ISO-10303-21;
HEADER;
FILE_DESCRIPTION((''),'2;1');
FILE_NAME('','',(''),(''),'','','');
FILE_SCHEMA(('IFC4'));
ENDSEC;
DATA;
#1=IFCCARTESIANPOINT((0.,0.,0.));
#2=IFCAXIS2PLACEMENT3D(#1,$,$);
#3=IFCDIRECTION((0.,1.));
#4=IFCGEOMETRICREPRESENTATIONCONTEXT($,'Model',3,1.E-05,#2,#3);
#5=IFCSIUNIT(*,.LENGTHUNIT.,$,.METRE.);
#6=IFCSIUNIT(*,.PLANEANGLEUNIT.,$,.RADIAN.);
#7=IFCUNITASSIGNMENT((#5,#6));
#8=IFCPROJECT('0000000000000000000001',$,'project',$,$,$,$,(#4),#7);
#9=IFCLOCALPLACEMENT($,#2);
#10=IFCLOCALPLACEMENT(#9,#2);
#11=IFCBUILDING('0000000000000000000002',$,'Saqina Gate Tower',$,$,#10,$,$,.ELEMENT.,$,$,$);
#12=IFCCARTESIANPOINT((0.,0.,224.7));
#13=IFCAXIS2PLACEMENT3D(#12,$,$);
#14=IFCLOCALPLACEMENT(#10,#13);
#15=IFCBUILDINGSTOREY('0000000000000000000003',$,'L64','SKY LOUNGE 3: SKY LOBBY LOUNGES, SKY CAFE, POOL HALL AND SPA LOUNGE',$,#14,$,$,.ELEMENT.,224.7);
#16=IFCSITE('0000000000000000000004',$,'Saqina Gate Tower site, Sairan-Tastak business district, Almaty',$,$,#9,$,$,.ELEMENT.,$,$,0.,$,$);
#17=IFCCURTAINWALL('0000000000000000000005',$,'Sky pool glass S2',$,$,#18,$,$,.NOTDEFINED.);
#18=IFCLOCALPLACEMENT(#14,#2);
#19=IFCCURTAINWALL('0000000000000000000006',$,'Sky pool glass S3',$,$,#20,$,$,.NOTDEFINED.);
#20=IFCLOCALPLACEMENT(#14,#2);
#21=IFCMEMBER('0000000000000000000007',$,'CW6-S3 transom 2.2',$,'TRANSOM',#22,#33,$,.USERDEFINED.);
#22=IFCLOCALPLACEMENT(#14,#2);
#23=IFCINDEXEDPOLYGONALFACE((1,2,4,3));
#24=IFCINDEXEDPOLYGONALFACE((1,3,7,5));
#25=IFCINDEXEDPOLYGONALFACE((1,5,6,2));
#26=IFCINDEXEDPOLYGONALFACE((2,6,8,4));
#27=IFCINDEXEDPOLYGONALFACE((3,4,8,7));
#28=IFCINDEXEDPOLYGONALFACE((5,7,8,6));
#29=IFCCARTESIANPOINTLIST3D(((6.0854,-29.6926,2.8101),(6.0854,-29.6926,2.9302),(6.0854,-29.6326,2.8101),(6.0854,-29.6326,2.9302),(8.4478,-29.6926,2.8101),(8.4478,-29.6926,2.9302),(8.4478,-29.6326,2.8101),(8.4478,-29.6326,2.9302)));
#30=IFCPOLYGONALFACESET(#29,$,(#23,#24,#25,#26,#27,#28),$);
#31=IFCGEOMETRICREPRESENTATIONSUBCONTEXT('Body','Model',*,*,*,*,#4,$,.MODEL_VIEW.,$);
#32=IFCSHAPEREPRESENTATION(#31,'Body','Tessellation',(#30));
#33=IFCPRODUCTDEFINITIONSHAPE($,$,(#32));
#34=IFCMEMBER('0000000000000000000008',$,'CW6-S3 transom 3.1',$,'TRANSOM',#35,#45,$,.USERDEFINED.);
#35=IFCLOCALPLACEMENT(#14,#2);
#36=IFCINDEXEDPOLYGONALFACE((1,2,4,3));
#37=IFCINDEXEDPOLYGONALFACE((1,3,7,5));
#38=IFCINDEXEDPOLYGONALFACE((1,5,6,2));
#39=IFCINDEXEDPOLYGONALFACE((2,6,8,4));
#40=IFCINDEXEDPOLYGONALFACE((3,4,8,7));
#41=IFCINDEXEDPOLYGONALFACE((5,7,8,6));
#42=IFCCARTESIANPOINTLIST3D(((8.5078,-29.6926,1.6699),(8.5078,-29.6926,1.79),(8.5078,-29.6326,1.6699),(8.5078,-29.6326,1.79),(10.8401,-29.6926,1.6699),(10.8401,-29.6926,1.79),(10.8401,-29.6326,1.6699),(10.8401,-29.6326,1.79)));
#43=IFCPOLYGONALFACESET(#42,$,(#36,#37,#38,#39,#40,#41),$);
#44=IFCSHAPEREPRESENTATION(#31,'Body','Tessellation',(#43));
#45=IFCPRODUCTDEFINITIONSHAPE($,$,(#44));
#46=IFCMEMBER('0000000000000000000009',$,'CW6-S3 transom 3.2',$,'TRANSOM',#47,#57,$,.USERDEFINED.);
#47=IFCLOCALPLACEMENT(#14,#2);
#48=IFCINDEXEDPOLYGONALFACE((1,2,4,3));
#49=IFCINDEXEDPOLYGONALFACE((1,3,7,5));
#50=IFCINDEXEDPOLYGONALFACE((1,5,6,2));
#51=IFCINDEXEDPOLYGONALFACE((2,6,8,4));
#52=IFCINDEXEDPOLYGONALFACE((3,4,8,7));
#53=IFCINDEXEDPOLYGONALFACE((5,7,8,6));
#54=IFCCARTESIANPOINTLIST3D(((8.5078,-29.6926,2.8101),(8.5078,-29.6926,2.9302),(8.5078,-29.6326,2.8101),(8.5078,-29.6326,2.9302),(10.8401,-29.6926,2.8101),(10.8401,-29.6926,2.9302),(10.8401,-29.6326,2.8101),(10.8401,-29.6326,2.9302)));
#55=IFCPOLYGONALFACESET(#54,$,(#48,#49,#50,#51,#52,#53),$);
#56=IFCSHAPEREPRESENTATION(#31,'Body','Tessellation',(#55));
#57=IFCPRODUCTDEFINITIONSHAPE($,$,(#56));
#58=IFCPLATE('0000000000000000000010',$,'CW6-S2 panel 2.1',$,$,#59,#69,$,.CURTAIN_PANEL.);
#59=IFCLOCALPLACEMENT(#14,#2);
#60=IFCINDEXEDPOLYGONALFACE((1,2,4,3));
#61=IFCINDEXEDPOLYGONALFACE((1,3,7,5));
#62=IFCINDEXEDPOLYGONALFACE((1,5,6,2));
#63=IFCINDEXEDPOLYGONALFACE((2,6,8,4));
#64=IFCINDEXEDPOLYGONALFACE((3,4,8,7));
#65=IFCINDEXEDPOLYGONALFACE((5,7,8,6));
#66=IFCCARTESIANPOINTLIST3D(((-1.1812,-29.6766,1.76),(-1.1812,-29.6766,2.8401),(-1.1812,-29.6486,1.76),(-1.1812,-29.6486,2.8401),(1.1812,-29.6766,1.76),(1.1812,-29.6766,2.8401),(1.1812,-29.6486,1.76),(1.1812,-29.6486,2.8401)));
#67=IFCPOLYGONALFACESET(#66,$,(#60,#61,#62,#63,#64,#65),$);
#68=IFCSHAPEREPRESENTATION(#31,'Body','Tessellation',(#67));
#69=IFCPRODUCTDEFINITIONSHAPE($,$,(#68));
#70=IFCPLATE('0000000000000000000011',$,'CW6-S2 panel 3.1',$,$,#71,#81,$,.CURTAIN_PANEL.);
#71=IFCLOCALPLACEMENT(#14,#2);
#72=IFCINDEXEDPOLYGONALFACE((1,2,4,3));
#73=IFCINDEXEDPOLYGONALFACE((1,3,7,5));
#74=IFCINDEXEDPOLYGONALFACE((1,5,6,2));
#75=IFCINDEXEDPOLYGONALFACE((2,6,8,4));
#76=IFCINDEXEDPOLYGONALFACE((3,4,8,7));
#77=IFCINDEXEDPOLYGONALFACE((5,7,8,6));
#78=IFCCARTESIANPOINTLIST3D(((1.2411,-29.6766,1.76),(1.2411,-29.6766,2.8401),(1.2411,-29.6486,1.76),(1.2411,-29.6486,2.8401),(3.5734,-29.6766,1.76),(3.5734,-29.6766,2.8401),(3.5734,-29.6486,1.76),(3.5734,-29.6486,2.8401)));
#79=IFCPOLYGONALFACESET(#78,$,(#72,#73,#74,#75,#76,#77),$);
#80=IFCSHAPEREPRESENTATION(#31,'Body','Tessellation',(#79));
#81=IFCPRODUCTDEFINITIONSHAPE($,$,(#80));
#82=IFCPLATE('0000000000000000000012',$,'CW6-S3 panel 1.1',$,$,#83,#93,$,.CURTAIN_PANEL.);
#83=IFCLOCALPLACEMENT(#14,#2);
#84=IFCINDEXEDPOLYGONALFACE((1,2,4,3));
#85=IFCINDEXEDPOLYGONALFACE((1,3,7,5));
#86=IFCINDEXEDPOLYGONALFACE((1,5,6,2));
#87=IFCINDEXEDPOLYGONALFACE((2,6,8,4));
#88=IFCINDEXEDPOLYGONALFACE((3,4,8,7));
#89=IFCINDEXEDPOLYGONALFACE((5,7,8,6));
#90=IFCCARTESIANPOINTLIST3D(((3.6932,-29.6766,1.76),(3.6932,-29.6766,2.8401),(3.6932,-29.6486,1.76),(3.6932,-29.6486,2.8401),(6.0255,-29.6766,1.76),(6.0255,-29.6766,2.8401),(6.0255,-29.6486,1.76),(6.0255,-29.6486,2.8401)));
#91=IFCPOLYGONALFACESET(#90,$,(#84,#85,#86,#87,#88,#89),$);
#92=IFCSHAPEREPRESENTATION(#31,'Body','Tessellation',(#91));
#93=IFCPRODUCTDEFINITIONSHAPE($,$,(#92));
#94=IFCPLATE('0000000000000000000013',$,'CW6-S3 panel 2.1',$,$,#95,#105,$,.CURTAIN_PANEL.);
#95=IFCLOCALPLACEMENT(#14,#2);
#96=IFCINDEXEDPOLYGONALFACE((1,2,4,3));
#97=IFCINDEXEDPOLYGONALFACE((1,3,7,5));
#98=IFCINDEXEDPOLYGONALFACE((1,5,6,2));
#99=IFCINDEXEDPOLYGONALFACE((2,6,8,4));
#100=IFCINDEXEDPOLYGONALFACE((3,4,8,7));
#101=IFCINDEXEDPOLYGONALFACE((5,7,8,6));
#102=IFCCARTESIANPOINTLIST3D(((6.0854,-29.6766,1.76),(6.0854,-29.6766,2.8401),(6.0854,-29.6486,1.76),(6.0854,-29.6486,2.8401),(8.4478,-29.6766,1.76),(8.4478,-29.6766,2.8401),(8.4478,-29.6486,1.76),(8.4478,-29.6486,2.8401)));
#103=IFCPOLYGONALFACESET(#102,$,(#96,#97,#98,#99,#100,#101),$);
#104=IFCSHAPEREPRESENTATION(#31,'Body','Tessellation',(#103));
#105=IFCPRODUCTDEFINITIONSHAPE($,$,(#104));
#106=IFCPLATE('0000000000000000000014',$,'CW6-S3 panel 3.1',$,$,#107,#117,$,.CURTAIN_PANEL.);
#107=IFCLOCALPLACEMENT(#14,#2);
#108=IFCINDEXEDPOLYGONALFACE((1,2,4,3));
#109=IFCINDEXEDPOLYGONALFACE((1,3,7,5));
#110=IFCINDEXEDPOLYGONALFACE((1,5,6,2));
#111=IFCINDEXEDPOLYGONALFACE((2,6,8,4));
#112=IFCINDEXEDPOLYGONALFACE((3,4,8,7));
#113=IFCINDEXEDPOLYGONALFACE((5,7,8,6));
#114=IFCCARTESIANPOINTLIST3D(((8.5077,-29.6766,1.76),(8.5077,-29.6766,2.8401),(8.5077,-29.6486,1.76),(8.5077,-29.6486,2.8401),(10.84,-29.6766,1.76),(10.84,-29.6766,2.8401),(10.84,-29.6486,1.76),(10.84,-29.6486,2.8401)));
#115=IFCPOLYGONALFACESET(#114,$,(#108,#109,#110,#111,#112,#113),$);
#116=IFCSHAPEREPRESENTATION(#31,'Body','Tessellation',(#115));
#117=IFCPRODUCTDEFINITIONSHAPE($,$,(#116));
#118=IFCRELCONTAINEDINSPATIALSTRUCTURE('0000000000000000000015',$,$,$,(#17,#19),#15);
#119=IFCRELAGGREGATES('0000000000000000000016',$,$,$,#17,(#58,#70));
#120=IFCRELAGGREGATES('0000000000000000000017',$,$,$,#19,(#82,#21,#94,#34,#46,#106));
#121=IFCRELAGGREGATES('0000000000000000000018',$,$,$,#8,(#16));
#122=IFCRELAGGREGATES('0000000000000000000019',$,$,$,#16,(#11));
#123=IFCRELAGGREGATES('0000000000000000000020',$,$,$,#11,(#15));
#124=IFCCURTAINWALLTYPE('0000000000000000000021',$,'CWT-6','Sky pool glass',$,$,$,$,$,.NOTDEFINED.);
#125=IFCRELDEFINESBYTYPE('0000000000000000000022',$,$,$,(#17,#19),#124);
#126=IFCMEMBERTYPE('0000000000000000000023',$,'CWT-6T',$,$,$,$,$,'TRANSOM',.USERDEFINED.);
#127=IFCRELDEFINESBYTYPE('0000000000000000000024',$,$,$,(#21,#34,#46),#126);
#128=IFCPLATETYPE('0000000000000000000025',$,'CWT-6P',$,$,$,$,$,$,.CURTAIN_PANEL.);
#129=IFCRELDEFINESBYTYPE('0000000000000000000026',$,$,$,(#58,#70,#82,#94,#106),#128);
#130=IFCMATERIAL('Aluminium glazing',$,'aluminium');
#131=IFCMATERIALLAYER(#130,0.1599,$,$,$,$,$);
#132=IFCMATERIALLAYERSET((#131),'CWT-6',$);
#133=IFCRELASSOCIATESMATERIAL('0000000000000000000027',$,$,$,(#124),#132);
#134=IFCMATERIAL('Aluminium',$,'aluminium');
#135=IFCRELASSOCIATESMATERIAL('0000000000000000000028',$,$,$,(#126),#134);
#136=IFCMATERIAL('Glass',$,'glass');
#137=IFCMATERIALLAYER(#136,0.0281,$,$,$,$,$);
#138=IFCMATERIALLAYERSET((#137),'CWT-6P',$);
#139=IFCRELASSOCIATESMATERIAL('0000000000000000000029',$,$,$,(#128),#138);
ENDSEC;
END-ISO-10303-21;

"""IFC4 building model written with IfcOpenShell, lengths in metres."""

from ifc_helpers import new_model, si_unit, direction, frame, origin, origin_2d, place, context, subcontext, project, spatial, rectangle, extrude, material, layer, layer_set, material_profile, profile_set, type_object, element, aggregate, save


model = new_model("IFC4")

# Units and contexts
model_context = context("Model", 3, precision=1e-05, world=origin(), true_north=direction((0.0, 1.0)))
body_context = subcontext(model_context, "Body", "Model", "MODEL_VIEW")
ifc_project = project(units=[si_unit("LENGTHUNIT", "METRE"), si_unit("PLANEANGLEUNIT", "RADIAN")], contexts=[model_context])

# Site, building, storey
site_placement = place(None, origin())
site = spatial("IfcSite", under=ifc_project, at=site_placement, Name="Saqina Gate Tower site, Sairan-Tastak business district, Almaty", CompositionType="ELEMENT", RefElevation=0.0)
building_placement = place(site_placement, origin())
building = spatial("IfcBuilding", under=site, at=building_placement, Name="Saqina Gate Tower", CompositionType="ELEMENT")
storey_placement = place(building_placement, frame((0.0, 0.0, 224.7)))
storey = spatial("IfcBuildingStorey", under=building, at=storey_placement, Name="L64", Description="SKY LOUNGE 3: SKY LOBBY LOUNGES, SKY CAFE, POOL HALL AND SPA LOUNGE", CompositionType="ELEMENT", Elevation=224.7)

# Curtain walls
ifc_material_1 = material(Name="Aluminium glazing", Category="aluminium")
ifc_layer_1 = layer(ifc_material_1, 0.1599)
ifc_layer_set_1 = layer_set([ifc_layer_1], Name="CWT-6")
curtain_wall_type_1 = type_object("IfcCurtainWallType", Name="CWT-6", Description="Sky pool glass", PredefinedType="NOTDEFINED", material=ifc_layer_set_1)
curtain_wall_1_placement = place(storey_placement, origin())
curtain_wall_1 = element("IfcCurtainWall", 1, at=curtain_wall_1_placement, inside=storey, type_object=curtain_wall_type_1, Name="Sky pool glass S2", PredefinedType="NOTDEFINED")
curtain_wall_2_placement = place(storey_placement, origin())
curtain_wall_2 = element("IfcCurtainWall", 2, at=curtain_wall_2_placement, inside=storey, type_object=curtain_wall_type_1, Name="Sky pool glass S3", PredefinedType="NOTDEFINED")

# Members
ifc_material_2 = material(Name="Aluminium", Category="aluminium")
ifc_material_profile_1 = material_profile(ifc_material_2, rectangle(XDim=0.0601, YDim=0.1201, at=origin_2d()), Name="Aluminium 60x120")
ifc_profile_set_1 = profile_set([ifc_material_profile_1], Name="Aluminium")
member_type_1 = type_object("IfcMemberType", Name="CWT-6T", ElementType="TRANSOM", PredefinedType="USERDEFINED", material=ifc_profile_set_1)
member_1_placement = place(storey_placement, frame((6.0854, -29.6626, 2.8701), z_axis=(1.0, 0.0, 0.0), x_axis=(0.0, 1.0, 0.0)))
member_1 = element("IfcMember", 3, at=member_1_placement, type_object=member_type_1, Name="CW6-S3 transom 2.2", ObjectType="TRANSOM", PredefinedType="USERDEFINED", context=body_context, shape_type="SweptSolid", body=[
    extrude(rectangle(XDim=0.0601, YDim=0.1201, at=origin_2d()), origin(), (0.0, 0.0, 1.0), 2.3623),
])
member_2_placement = place(storey_placement, frame((8.5078, -29.6626, 1.73), z_axis=(1.0, 0.0, 0.0), x_axis=(0.0, 1.0, 0.0)))
member_2 = element("IfcMember", 4, at=member_2_placement, type_object=member_type_1, Name="CW6-S3 transom 3.1", ObjectType="TRANSOM", PredefinedType="USERDEFINED", context=body_context, shape_type="SweptSolid", body=[
    extrude(rectangle(XDim=0.0601, YDim=0.1201, at=origin_2d()), origin(), (0.0, 0.0, 1.0), 2.3323),
])
member_3_placement = place(storey_placement, frame((8.5078, -29.6626, 2.8701), z_axis=(1.0, 0.0, 0.0), x_axis=(0.0, 1.0, 0.0)))
member_3 = element("IfcMember", 5, at=member_3_placement, type_object=member_type_1, Name="CW6-S3 transom 3.2", ObjectType="TRANSOM", PredefinedType="USERDEFINED", context=body_context, shape_type="SweptSolid", body=[
    extrude(rectangle(XDim=0.0601, YDim=0.1201, at=origin_2d()), origin(), (0.0, 0.0, 1.0), 2.3323),
])

# Plates
ifc_material_3 = material(Name="Glass", Category="glass")
ifc_layer_2 = layer(ifc_material_3, 0.0281)
ifc_layer_set_2 = layer_set([ifc_layer_2], Name="CWT-6P")
plate_type = type_object("IfcPlateType", Name="CWT-6P", PredefinedType="CURTAIN_PANEL", material=ifc_layer_set_2)
plate_1_placement = place(storey_placement, frame((0.0, -29.6626, 1.76), z_axis=(0.0, 0.0, 1.0), x_axis=(1.0, 0.0, 0.0)))
plate_1 = element("IfcPlate", 6, at=plate_1_placement, type_object=plate_type, Name="CW6-S2 panel 2.1", PredefinedType="CURTAIN_PANEL", context=body_context, shape_type="SweptSolid", body=[
    extrude(rectangle(XDim=2.3623, YDim=0.0281, at=origin_2d()), origin(), (0.0, 0.0, 1.0), 1.0801),
])
plate_2_placement = place(storey_placement, frame((2.4072, -29.6626, 1.76), z_axis=(0.0, 0.0, 1.0), x_axis=(1.0, 0.0, 0.0)))
plate_2 = element("IfcPlate", 7, at=plate_2_placement, type_object=plate_type, Name="CW6-S2 panel 3.1", PredefinedType="CURTAIN_PANEL", context=body_context, shape_type="SweptSolid", body=[
    extrude(rectangle(XDim=2.3323, YDim=0.0281, at=origin_2d()), origin(), (0.0, 0.0, 1.0), 1.0801),
])
aggregate(curtain_wall_1, [plate_1, plate_2])
plate_3_placement = place(storey_placement, frame((4.8594, -29.6626, 1.76), z_axis=(0.0, 0.0, 1.0), x_axis=(1.0, 0.0, 0.0)))
plate_3 = element("IfcPlate", 8, at=plate_3_placement, type_object=plate_type, Name="CW6-S3 panel 1.1", PredefinedType="CURTAIN_PANEL", context=body_context, shape_type="SweptSolid", body=[
    extrude(rectangle(XDim=2.3323, YDim=0.0281, at=origin_2d()), origin(), (0.0, 0.0, 1.0), 1.0801),
])
plate_4_placement = place(storey_placement, frame((7.2666, -29.6626, 1.76), z_axis=(0.0, 0.0, 1.0), x_axis=(1.0, 0.0, 0.0)))
plate_4 = element("IfcPlate", 9, at=plate_4_placement, type_object=plate_type, Name="CW6-S3 panel 2.1", PredefinedType="CURTAIN_PANEL", context=body_context, shape_type="SweptSolid", body=[
    extrude(rectangle(XDim=2.3623, YDim=0.0281, at=origin_2d()), origin(), (0.0, 0.0, 1.0), 1.0801),
])
plate_5_placement = place(storey_placement, frame((9.6738, -29.6626, 1.76), z_axis=(0.0, 0.0, 1.0), x_axis=(1.0, 0.0, 0.0)))
plate_5 = element("IfcPlate", 10, at=plate_5_placement, type_object=plate_type, Name="CW6-S3 panel 3.1", PredefinedType="CURTAIN_PANEL", context=body_context, shape_type="SweptSolid", body=[
    extrude(rectangle(XDim=2.3323, YDim=0.0281, at=origin_2d()), origin(), (0.0, 0.0, 1.0), 1.0801),
])
aggregate(curtain_wall_2, [plate_3, member_1, plate_4, member_2, member_3, plate_5])

save(model, "model.ifc")
